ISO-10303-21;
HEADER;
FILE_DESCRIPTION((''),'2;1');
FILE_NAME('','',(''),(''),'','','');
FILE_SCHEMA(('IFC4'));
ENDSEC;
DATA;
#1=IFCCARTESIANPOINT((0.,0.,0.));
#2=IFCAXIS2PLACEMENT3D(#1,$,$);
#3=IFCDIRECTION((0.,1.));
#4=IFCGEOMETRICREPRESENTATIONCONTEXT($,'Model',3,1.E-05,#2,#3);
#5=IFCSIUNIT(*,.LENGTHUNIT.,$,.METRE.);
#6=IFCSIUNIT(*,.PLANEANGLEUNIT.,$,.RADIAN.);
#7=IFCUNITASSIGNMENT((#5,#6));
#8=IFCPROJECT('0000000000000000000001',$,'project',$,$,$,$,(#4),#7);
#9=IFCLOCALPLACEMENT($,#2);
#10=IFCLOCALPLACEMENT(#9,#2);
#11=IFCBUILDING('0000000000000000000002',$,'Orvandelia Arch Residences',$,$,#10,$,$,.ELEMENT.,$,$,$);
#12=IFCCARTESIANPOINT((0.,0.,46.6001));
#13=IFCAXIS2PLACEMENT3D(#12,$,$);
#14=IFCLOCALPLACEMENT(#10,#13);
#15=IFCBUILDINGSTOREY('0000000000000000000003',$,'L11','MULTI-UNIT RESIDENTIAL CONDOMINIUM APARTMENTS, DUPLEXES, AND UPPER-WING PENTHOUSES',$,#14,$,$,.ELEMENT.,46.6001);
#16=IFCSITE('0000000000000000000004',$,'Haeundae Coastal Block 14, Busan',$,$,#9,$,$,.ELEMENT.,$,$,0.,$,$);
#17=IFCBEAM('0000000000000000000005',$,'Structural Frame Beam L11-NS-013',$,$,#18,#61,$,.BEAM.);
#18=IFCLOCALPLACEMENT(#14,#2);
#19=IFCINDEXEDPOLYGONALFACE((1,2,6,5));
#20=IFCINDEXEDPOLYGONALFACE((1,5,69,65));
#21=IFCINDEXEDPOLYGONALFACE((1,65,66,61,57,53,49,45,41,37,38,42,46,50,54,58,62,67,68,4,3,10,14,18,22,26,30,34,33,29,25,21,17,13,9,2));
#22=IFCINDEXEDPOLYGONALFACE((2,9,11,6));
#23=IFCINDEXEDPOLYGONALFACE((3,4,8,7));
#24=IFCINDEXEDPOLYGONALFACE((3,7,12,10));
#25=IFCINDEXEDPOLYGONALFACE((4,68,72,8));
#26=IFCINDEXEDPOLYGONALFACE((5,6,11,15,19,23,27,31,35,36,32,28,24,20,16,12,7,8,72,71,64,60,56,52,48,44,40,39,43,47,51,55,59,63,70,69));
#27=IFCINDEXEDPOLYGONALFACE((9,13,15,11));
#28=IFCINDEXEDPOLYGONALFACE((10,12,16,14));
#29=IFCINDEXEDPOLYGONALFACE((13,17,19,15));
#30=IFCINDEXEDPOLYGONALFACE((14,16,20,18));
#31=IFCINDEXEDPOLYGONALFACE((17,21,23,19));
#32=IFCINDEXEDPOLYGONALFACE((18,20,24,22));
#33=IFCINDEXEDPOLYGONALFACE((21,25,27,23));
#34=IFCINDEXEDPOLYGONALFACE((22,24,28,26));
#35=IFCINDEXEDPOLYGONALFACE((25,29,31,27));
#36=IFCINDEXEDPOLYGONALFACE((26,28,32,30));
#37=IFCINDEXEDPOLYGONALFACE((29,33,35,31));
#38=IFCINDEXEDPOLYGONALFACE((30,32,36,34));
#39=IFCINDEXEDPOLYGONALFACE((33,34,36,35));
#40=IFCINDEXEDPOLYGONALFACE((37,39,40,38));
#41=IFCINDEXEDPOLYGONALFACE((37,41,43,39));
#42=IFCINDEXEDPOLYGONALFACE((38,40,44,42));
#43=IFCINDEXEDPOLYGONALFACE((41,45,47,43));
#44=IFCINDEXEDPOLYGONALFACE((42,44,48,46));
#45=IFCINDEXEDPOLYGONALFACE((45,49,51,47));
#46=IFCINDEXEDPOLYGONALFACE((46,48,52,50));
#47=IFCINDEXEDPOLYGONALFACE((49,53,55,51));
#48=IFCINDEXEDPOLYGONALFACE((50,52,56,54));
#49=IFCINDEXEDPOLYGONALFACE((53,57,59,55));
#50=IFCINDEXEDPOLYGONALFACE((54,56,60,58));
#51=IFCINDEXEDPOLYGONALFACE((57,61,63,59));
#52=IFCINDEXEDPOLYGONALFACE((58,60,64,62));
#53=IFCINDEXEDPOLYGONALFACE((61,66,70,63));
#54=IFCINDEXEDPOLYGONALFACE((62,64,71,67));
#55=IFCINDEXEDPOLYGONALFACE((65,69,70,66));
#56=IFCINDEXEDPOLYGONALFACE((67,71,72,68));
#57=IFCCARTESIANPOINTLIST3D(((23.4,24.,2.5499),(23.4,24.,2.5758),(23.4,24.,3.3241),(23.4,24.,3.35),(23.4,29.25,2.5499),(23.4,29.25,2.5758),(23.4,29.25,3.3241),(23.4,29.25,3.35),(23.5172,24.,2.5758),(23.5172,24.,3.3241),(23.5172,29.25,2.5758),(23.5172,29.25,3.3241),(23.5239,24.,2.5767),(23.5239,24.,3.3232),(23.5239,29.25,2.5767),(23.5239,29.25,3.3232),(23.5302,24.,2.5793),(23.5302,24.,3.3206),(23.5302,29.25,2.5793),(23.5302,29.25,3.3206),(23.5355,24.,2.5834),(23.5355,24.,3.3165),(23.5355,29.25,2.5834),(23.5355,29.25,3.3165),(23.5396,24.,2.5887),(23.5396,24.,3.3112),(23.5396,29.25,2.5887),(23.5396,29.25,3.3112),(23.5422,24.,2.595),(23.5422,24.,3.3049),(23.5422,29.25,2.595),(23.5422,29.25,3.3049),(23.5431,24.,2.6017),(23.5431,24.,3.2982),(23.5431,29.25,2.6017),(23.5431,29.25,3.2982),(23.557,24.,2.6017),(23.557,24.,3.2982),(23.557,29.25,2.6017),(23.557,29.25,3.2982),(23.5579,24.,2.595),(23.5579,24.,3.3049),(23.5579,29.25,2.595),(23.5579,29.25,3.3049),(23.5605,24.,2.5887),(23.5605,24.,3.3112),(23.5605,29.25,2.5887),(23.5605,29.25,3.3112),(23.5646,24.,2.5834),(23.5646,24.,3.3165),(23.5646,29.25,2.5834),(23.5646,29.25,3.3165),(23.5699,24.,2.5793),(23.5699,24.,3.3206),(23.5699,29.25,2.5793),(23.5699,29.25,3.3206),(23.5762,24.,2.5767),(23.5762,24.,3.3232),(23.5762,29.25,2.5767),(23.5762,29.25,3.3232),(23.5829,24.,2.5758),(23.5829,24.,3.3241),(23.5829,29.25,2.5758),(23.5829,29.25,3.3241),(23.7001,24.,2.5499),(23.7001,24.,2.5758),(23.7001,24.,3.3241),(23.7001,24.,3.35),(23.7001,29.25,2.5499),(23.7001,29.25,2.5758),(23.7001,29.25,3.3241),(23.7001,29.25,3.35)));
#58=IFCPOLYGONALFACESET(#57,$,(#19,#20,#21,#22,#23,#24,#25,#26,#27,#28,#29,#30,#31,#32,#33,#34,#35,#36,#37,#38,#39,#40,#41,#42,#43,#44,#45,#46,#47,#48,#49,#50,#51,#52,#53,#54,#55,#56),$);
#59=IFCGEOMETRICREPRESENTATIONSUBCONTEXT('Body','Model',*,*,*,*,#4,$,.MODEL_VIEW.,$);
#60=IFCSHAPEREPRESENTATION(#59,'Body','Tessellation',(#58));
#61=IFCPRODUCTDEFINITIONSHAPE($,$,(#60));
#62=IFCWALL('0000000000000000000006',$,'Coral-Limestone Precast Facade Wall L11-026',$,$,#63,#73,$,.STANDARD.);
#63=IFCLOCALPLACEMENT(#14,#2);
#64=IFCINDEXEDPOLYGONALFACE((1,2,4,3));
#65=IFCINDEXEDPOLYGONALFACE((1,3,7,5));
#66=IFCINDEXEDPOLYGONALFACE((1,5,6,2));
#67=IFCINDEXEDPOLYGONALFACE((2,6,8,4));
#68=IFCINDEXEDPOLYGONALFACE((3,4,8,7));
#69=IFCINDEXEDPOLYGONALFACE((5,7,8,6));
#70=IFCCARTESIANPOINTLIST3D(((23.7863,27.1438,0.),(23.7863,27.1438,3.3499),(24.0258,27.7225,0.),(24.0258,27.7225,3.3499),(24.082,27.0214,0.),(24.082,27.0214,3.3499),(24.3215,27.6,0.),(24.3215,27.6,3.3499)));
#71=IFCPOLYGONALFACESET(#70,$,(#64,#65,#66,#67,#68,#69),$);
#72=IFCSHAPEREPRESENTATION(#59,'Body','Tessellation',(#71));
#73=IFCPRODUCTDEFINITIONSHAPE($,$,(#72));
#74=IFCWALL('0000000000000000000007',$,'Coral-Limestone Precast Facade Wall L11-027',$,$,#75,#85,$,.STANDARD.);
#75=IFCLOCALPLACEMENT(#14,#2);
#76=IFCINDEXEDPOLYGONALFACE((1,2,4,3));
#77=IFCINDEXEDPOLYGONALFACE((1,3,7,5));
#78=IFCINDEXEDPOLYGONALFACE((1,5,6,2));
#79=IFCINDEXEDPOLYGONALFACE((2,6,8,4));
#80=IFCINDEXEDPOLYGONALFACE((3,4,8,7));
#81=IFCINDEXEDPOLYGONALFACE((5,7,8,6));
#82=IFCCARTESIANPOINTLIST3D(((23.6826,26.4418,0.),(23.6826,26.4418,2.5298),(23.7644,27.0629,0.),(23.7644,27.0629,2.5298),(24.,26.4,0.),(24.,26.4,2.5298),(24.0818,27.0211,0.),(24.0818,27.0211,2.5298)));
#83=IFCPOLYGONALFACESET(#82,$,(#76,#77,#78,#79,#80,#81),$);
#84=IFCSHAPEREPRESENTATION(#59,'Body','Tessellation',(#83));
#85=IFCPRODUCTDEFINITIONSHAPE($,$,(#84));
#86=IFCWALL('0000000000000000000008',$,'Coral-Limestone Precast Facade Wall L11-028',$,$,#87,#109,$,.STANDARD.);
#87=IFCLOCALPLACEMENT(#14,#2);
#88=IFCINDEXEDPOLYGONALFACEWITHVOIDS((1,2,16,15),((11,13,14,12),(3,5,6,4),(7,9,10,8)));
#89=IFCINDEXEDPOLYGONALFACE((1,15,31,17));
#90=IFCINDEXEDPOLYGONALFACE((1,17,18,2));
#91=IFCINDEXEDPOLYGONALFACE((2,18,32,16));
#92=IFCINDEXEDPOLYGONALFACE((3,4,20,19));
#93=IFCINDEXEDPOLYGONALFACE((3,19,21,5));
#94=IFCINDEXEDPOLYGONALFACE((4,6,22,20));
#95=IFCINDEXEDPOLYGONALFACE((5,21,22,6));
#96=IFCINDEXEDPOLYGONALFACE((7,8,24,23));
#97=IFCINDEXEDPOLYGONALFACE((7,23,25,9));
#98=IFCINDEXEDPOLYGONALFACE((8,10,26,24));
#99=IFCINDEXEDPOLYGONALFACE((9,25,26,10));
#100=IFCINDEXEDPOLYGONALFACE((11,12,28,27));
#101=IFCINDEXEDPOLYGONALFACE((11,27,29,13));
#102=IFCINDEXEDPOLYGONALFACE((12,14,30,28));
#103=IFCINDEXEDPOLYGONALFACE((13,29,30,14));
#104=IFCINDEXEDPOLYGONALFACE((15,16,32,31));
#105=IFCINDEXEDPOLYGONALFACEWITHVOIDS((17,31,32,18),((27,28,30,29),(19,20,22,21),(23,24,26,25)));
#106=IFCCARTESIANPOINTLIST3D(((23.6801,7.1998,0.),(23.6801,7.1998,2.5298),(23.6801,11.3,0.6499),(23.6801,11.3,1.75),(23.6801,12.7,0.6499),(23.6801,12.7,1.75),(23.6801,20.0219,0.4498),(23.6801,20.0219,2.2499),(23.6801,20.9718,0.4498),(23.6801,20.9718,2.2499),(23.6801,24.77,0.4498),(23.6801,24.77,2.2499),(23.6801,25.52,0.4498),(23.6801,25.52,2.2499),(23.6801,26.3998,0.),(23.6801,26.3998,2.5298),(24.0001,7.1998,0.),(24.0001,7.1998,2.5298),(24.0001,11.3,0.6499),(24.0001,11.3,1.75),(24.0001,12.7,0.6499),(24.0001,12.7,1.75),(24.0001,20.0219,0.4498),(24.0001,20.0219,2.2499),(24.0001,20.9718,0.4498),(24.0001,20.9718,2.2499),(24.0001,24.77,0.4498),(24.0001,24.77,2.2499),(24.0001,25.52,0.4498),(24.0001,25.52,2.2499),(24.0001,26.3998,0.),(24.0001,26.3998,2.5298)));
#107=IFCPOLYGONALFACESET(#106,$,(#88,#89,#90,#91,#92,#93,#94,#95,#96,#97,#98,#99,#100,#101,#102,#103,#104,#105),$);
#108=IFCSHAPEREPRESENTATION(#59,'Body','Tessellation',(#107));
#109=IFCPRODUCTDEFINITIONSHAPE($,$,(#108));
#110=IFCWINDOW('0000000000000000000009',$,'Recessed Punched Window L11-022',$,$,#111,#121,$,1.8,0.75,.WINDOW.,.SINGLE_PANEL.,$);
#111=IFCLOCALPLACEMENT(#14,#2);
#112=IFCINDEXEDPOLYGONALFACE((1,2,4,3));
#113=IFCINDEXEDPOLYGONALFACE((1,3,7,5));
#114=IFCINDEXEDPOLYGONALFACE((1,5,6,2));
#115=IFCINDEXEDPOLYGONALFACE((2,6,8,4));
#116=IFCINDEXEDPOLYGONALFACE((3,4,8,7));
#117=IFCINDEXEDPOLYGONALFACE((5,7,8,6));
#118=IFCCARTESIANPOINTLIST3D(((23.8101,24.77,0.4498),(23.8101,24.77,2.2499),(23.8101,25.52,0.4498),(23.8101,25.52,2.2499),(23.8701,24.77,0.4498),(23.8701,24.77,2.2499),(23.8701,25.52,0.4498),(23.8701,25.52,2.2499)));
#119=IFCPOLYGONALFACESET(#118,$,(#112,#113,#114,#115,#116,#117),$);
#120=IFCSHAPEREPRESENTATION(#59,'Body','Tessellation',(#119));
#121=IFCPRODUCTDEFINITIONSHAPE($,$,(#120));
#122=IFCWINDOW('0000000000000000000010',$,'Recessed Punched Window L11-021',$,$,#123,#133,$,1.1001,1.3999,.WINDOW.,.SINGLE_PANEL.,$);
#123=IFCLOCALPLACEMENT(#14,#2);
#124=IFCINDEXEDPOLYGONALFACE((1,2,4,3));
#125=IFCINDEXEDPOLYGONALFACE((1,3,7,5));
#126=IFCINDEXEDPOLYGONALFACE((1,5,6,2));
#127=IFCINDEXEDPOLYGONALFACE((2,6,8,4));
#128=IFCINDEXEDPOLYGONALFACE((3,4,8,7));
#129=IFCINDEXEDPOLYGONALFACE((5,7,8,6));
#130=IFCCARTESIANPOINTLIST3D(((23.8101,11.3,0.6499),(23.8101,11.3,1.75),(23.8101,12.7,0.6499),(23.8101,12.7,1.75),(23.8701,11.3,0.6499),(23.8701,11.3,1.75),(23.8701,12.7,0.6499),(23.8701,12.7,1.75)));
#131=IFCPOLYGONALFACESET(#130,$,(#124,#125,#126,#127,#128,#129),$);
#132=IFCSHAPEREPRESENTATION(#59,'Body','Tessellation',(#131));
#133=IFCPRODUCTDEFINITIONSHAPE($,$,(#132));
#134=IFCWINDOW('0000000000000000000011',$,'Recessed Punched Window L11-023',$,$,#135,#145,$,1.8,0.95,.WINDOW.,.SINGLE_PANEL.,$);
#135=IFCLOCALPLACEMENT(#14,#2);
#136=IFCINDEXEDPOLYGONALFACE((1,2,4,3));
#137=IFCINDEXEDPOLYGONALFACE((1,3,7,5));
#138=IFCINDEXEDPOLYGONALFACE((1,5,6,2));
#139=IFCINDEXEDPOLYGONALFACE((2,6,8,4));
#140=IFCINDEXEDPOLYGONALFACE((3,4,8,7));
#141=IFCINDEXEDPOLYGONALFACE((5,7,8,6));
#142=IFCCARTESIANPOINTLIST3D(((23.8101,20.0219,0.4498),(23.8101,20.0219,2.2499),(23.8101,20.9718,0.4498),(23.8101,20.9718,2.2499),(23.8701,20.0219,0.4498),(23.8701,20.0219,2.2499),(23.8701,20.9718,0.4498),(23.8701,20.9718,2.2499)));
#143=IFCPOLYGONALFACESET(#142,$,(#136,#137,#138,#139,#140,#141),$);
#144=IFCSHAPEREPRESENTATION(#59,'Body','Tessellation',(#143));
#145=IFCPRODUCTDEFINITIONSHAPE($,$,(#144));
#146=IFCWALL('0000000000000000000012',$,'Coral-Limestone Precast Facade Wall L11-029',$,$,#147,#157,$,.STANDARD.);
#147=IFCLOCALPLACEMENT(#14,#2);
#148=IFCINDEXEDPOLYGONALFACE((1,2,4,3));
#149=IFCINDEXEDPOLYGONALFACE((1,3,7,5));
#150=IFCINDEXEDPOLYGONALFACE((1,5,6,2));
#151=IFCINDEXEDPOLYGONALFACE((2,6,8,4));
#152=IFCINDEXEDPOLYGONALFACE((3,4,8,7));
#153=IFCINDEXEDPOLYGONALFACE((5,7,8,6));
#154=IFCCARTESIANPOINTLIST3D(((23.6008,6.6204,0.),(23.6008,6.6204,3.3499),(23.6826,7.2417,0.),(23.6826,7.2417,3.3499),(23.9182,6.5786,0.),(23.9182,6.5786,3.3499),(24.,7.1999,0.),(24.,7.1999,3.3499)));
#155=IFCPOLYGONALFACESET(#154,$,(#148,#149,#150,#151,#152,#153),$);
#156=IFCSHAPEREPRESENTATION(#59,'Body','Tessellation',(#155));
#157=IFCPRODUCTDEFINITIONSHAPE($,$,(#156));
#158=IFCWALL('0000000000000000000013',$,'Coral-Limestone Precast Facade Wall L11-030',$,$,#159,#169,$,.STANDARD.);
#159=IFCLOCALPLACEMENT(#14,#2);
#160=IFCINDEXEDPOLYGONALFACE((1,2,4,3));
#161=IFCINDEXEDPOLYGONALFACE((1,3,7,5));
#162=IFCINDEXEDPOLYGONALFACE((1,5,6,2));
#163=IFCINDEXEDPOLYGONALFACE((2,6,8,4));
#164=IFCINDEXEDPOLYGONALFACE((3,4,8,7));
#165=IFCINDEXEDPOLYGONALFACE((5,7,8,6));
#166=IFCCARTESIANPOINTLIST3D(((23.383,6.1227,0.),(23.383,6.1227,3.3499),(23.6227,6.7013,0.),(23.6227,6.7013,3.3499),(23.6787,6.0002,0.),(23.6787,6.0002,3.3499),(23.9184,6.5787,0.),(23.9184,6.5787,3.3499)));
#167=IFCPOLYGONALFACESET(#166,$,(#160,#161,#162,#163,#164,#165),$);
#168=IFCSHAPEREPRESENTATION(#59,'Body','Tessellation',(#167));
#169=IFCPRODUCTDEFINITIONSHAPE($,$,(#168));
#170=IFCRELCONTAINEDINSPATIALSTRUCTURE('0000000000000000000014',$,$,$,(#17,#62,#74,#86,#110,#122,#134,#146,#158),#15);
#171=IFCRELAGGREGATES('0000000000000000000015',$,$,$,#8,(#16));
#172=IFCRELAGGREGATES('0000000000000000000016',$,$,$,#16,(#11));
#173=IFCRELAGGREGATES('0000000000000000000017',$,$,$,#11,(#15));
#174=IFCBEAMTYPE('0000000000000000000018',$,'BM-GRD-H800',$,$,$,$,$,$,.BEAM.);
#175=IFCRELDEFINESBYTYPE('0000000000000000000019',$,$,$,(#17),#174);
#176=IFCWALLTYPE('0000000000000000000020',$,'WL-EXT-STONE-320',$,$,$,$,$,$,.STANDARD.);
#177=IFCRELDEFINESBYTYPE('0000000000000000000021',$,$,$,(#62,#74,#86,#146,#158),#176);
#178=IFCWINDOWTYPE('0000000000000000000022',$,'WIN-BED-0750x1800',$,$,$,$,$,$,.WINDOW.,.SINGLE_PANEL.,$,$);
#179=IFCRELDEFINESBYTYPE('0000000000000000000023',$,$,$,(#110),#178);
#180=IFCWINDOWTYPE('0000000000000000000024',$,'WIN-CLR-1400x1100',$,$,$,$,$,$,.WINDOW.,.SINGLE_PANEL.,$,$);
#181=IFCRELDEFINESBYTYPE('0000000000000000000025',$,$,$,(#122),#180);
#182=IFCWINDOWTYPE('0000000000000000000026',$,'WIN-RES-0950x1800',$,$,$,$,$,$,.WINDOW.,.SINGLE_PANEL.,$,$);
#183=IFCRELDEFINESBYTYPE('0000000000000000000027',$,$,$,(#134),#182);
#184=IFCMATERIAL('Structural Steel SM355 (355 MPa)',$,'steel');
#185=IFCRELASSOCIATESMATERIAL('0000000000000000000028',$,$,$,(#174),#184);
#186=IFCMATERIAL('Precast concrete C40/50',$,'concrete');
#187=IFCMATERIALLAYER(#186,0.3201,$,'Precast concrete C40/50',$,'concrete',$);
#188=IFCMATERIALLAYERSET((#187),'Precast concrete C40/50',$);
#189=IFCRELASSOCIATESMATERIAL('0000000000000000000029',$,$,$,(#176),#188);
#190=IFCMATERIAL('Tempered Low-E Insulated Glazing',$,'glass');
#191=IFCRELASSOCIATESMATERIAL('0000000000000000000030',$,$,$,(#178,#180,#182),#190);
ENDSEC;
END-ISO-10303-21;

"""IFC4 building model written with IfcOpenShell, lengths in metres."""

from ifc_helpers import new_model, si_unit, direction, frame, frame_2d, origin, origin_2d, place, context, subcontext, project, spatial, rectangle, i_section, extrude, material, layer, layer_set, material_profile, profile_set, type_object, element, fill, save


model = new_model("IFC4")

# Units and contexts
model_context = context("Model", 3, precision=1e-05, world=origin(), true_north=direction((0.0, 1.0)))
body_context = subcontext(model_context, "Body", "Model", "MODEL_VIEW")
ifc_project = project(units=[si_unit("LENGTHUNIT", "METRE"), si_unit("PLANEANGLEUNIT", "RADIAN")], contexts=[model_context])

# Site, building, storey
site_placement = place(None, origin())
site = spatial("IfcSite", under=ifc_project, at=site_placement, Name="Haeundae Coastal Block 14, Busan", CompositionType="ELEMENT", RefElevation=0.0)
building_placement = place(site_placement, origin())
building = spatial("IfcBuilding", under=site, at=building_placement, Name="Orvandelia Arch Residences", CompositionType="ELEMENT")
storey_placement = place(building_placement, frame((0.0, 0.0, 46.6001)))
storey = spatial("IfcBuildingStorey", under=building, at=storey_placement, Name="L11", Description="MULTI-UNIT RESIDENTIAL CONDOMINIUM APARTMENTS, DUPLEXES, AND UPPER-WING PENTHOUSES", CompositionType="ELEMENT", Elevation=46.6001)

# Beam
ifc_material_1 = material(Name="Structural Steel SM355 (355 MPa)", Category="steel")
ifc_material_profile_1 = material_profile(ifc_material_1, i_section(OverallWidth=0.3, OverallDepth=0.8, WebThickness=0.0139, FlangeThickness=0.0259, FilletRadius=0.0259, at=origin_2d()), Name="Structural Steel SM355 (355 MPa)", Category="steel")
ifc_profile_set_1 = profile_set([ifc_material_profile_1], Name="Structural Steel SM355 (355 MPa)")
beam_type = type_object("IfcBeamType", Name="BM-GRD-H800", PredefinedType="BEAM", material=ifc_profile_set_1)
beam_1_placement = place(storey_placement, frame((23.55, 24.0, 2.95), z_axis=(0.0, 1.0, 0.0), x_axis=(-1.0, 0.0, 0.0)))
element("IfcBeam", 1, at=beam_1_placement, inside=storey, type_object=beam_type, Name="Structural Frame Beam L11-NS-013", PredefinedType="BEAM", context=body_context, shape_type="SweptSolid", body=[
    extrude(i_section(OverallWidth=0.3, OverallDepth=0.8, WebThickness=0.0139, FlangeThickness=0.0259, FilletRadius=0.0259, at=origin_2d()), origin(), (0.0, 0.0, 1.0), 5.25),
])

# Walls
ifc_material_2 = material(Name="Precast concrete C40/50", Category="concrete")
ifc_layer_1 = layer(ifc_material_2, 0.3201, Name="Precast concrete C40/50", Category="concrete")
ifc_layer_set_1 = layer_set([ifc_layer_1], Name="Precast concrete C40/50")
wall_type_1 = type_object("IfcWallType", Name="WL-EXT-STONE-320", PredefinedType="STANDARD", material=ifc_layer_set_1)
wall_1_placement = place(storey_placement, frame((24.1736, 27.6611, 0.0), z_axis=(0.0, 0.0, 1.0), x_axis=(-0.382455, -0.923974, 0.0)))
element("IfcWall", 2, at=wall_1_placement, inside=storey, type_object=wall_type_1, Name="Coral-Limestone Precast Facade Wall L11-026", PredefinedType="STANDARD", context=body_context, shape_type="SweptSolid", body=[
    extrude(rectangle(XDim=0.6262, YDim=0.3201, at=frame_2d((0.313, 0.0))), origin(), (0.0, 0.0, 1.0), 3.3499),
])
wall_2_placement = place(storey_placement, frame((23.9231, 27.042, 0.0), z_axis=(0.0, 0.0, 1.0), x_axis=(-0.130555, -0.991441, 0.0)))
element("IfcWall", 3, at=wall_2_placement, inside=storey, type_object=wall_type_1, Name="Coral-Limestone Precast Facade Wall L11-027", PredefinedType="STANDARD", context=body_context, shape_type="SweptSolid", body=[
    extrude(rectangle(XDim=0.6265, YDim=0.3201, at=frame_2d((0.3132, 0.0))), origin(), (0.0, 0.0, 1.0), 2.5298),
])

# Wall, openings, windows
wall_3_placement = place(storey_placement, frame((23.8401, 26.3999, 0.0), z_axis=(0.0, 0.0, 1.0), x_axis=(0.0, -1.0, 0.0)))
wall_3 = element("IfcWall", 4, at=wall_3_placement, inside=storey, type_object=wall_type_1, Name="Coral-Limestone Precast Facade Wall L11-028", PredefinedType="STANDARD", context=body_context, shape_type="SweptSolid", body=[
    extrude(rectangle(XDim=19.2, YDim=0.3201, at=frame_2d((9.6001, 0.0))), origin(), (0.0, 0.0, 1.0), 2.5298),
])
opening_1_placement = place(wall_3_placement, frame((13.7, 0.0, 0.6499)))
opening_1 = element("IfcOpeningElement", 5, at=opening_1_placement, cuts=wall_3, PredefinedType="OPENING", context=body_context, shape_type="SweptSolid", body=[
    extrude(rectangle(XDim=1.3999, YDim=1.1001, at=frame_2d((0.7, 0.55))), frame((0.0, 0.1699, 0.0), z_axis=(0.0, -1.0, 0.0), x_axis=(1.0, 0.0, 0.0)), (0.0, 0.0, 1.0), 0.3401),
])
opening_2_placement = place(wall_3_placement, frame((0.8799, 0.0, 0.45)))
opening_2 = element("IfcOpeningElement", 6, at=opening_2_placement, cuts=wall_3, PredefinedType="OPENING", context=body_context, shape_type="SweptSolid", body=[
    extrude(rectangle(XDim=0.75, YDim=1.8, at=frame_2d((0.375, 0.8999))), frame((0.0, 0.1699, 0.0), z_axis=(0.0, -1.0, 0.0), x_axis=(1.0, 0.0, 0.0)), (0.0, 0.0, 1.0), 0.3401),
])
opening_3_placement = place(wall_3_placement, frame((5.428, 0.0, 0.45)))
opening_3 = element("IfcOpeningElement", 7, at=opening_3_placement, cuts=wall_3, PredefinedType="OPENING", context=body_context, shape_type="SweptSolid", body=[
    extrude(rectangle(XDim=0.95, YDim=1.8, at=frame_2d((0.4751, 0.8999))), frame((0.0, 0.1699, 0.0), z_axis=(0.0, -1.0, 0.0), x_axis=(1.0, 0.0, 0.0)), (0.0, 0.0, 1.0), 0.3401),
])
ifc_material_3 = material(Name="Tempered Low-E Insulated Glazing", Category="glass")
window_type_1 = type_object("IfcWindowType", Name="WIN-BED-0750x1800", PartitioningType="SINGLE_PANEL", PredefinedType="WINDOW", material=ifc_material_3)
window_1_placement = place(opening_2_placement, origin())
window_1 = element("IfcWindow", 8, at=window_1_placement, inside=storey, type_object=window_type_1, Name="Recessed Punched Window L11-022", OverallHeight=1.8, OverallWidth=0.75, PartitioningType="SINGLE_PANEL", PredefinedType="WINDOW", context=body_context, shape_type="SweptSolid", body=[
    extrude(rectangle(XDim=0.75, YDim=1.8, at=frame_2d((0.375, 0.8999))), frame((0.0, 0.03, 0.0), z_axis=(0.0, -1.0, 0.0), x_axis=(1.0, 0.0, 0.0)), (0.0, 0.0, 1.0), 0.0601),
])
fill(opening_2, window_1)
window_type_2 = type_object("IfcWindowType", Name="WIN-CLR-1400x1100", PartitioningType="SINGLE_PANEL", PredefinedType="WINDOW", material=ifc_material_3)
window_2_placement = place(opening_1_placement, origin())
window_2 = element("IfcWindow", 9, at=window_2_placement, inside=storey, type_object=window_type_2, Name="Recessed Punched Window L11-021", OverallHeight=1.1001, OverallWidth=1.3999, PartitioningType="SINGLE_PANEL", PredefinedType="WINDOW", context=body_context, shape_type="SweptSolid", body=[
    extrude(rectangle(XDim=1.3999, YDim=1.1001, at=frame_2d((0.7, 0.55))), frame((0.0, 0.03, 0.0), z_axis=(0.0, -1.0, 0.0), x_axis=(1.0, 0.0, 0.0)), (0.0, 0.0, 1.0), 0.0601),
])
fill(opening_1, window_2)
window_type_3 = type_object("IfcWindowType", Name="WIN-RES-0950x1800", PartitioningType="SINGLE_PANEL", PredefinedType="WINDOW", material=ifc_material_3)
window_3_placement = place(opening_3_placement, origin())
window_3 = element("IfcWindow", 10, at=window_3_placement, inside=storey, type_object=window_type_3, Name="Recessed Punched Window L11-023", OverallHeight=1.8, OverallWidth=0.95, PartitioningType="SINGLE_PANEL", PredefinedType="WINDOW", context=body_context, shape_type="SweptSolid", body=[
    extrude(rectangle(XDim=0.95, YDim=1.8, at=frame_2d((0.4751, 0.8999))), frame((0.0, 0.03, 0.0), z_axis=(0.0, -1.0, 0.0), x_axis=(1.0, 0.0, 0.0)), (0.0, 0.0, 1.0), 0.0601),
])
fill(opening_3, window_3)

# Walls
wall_4_placement = place(storey_placement, frame((23.8413, 7.2209, 0.0), z_axis=(0.0, 0.0, 1.0), x_axis=(-0.130505, -0.991448, 0.0)))
element("IfcWall", 11, at=wall_4_placement, inside=storey, type_object=wall_type_1, Name="Coral-Limestone Precast Facade Wall L11-029", PredefinedType="STANDARD", context=body_context, shape_type="SweptSolid", body=[
    extrude(rectangle(XDim=0.6267, YDim=0.3201, at=frame_2d((0.3135, 0.0))), origin(), (0.0, 0.0, 1.0), 3.3499),
])
wall_5_placement = place(storey_placement, frame((23.7705, 6.6399, 0.0), z_axis=(0.0, 0.0, 1.0), x_axis=(-0.382788, -0.923836, 0.0)))
element("IfcWall", 12, at=wall_5_placement, inside=storey, type_object=wall_type_1, Name="Coral-Limestone Precast Facade Wall L11-030", PredefinedType="STANDARD", context=body_context, shape_type="SweptSolid", body=[
    extrude(rectangle(XDim=0.6262, YDim=0.3201, at=frame_2d((0.313, 0.0))), origin(), (0.0, 0.0, 1.0), 3.3499),
])

save(model, "model.ifc")
